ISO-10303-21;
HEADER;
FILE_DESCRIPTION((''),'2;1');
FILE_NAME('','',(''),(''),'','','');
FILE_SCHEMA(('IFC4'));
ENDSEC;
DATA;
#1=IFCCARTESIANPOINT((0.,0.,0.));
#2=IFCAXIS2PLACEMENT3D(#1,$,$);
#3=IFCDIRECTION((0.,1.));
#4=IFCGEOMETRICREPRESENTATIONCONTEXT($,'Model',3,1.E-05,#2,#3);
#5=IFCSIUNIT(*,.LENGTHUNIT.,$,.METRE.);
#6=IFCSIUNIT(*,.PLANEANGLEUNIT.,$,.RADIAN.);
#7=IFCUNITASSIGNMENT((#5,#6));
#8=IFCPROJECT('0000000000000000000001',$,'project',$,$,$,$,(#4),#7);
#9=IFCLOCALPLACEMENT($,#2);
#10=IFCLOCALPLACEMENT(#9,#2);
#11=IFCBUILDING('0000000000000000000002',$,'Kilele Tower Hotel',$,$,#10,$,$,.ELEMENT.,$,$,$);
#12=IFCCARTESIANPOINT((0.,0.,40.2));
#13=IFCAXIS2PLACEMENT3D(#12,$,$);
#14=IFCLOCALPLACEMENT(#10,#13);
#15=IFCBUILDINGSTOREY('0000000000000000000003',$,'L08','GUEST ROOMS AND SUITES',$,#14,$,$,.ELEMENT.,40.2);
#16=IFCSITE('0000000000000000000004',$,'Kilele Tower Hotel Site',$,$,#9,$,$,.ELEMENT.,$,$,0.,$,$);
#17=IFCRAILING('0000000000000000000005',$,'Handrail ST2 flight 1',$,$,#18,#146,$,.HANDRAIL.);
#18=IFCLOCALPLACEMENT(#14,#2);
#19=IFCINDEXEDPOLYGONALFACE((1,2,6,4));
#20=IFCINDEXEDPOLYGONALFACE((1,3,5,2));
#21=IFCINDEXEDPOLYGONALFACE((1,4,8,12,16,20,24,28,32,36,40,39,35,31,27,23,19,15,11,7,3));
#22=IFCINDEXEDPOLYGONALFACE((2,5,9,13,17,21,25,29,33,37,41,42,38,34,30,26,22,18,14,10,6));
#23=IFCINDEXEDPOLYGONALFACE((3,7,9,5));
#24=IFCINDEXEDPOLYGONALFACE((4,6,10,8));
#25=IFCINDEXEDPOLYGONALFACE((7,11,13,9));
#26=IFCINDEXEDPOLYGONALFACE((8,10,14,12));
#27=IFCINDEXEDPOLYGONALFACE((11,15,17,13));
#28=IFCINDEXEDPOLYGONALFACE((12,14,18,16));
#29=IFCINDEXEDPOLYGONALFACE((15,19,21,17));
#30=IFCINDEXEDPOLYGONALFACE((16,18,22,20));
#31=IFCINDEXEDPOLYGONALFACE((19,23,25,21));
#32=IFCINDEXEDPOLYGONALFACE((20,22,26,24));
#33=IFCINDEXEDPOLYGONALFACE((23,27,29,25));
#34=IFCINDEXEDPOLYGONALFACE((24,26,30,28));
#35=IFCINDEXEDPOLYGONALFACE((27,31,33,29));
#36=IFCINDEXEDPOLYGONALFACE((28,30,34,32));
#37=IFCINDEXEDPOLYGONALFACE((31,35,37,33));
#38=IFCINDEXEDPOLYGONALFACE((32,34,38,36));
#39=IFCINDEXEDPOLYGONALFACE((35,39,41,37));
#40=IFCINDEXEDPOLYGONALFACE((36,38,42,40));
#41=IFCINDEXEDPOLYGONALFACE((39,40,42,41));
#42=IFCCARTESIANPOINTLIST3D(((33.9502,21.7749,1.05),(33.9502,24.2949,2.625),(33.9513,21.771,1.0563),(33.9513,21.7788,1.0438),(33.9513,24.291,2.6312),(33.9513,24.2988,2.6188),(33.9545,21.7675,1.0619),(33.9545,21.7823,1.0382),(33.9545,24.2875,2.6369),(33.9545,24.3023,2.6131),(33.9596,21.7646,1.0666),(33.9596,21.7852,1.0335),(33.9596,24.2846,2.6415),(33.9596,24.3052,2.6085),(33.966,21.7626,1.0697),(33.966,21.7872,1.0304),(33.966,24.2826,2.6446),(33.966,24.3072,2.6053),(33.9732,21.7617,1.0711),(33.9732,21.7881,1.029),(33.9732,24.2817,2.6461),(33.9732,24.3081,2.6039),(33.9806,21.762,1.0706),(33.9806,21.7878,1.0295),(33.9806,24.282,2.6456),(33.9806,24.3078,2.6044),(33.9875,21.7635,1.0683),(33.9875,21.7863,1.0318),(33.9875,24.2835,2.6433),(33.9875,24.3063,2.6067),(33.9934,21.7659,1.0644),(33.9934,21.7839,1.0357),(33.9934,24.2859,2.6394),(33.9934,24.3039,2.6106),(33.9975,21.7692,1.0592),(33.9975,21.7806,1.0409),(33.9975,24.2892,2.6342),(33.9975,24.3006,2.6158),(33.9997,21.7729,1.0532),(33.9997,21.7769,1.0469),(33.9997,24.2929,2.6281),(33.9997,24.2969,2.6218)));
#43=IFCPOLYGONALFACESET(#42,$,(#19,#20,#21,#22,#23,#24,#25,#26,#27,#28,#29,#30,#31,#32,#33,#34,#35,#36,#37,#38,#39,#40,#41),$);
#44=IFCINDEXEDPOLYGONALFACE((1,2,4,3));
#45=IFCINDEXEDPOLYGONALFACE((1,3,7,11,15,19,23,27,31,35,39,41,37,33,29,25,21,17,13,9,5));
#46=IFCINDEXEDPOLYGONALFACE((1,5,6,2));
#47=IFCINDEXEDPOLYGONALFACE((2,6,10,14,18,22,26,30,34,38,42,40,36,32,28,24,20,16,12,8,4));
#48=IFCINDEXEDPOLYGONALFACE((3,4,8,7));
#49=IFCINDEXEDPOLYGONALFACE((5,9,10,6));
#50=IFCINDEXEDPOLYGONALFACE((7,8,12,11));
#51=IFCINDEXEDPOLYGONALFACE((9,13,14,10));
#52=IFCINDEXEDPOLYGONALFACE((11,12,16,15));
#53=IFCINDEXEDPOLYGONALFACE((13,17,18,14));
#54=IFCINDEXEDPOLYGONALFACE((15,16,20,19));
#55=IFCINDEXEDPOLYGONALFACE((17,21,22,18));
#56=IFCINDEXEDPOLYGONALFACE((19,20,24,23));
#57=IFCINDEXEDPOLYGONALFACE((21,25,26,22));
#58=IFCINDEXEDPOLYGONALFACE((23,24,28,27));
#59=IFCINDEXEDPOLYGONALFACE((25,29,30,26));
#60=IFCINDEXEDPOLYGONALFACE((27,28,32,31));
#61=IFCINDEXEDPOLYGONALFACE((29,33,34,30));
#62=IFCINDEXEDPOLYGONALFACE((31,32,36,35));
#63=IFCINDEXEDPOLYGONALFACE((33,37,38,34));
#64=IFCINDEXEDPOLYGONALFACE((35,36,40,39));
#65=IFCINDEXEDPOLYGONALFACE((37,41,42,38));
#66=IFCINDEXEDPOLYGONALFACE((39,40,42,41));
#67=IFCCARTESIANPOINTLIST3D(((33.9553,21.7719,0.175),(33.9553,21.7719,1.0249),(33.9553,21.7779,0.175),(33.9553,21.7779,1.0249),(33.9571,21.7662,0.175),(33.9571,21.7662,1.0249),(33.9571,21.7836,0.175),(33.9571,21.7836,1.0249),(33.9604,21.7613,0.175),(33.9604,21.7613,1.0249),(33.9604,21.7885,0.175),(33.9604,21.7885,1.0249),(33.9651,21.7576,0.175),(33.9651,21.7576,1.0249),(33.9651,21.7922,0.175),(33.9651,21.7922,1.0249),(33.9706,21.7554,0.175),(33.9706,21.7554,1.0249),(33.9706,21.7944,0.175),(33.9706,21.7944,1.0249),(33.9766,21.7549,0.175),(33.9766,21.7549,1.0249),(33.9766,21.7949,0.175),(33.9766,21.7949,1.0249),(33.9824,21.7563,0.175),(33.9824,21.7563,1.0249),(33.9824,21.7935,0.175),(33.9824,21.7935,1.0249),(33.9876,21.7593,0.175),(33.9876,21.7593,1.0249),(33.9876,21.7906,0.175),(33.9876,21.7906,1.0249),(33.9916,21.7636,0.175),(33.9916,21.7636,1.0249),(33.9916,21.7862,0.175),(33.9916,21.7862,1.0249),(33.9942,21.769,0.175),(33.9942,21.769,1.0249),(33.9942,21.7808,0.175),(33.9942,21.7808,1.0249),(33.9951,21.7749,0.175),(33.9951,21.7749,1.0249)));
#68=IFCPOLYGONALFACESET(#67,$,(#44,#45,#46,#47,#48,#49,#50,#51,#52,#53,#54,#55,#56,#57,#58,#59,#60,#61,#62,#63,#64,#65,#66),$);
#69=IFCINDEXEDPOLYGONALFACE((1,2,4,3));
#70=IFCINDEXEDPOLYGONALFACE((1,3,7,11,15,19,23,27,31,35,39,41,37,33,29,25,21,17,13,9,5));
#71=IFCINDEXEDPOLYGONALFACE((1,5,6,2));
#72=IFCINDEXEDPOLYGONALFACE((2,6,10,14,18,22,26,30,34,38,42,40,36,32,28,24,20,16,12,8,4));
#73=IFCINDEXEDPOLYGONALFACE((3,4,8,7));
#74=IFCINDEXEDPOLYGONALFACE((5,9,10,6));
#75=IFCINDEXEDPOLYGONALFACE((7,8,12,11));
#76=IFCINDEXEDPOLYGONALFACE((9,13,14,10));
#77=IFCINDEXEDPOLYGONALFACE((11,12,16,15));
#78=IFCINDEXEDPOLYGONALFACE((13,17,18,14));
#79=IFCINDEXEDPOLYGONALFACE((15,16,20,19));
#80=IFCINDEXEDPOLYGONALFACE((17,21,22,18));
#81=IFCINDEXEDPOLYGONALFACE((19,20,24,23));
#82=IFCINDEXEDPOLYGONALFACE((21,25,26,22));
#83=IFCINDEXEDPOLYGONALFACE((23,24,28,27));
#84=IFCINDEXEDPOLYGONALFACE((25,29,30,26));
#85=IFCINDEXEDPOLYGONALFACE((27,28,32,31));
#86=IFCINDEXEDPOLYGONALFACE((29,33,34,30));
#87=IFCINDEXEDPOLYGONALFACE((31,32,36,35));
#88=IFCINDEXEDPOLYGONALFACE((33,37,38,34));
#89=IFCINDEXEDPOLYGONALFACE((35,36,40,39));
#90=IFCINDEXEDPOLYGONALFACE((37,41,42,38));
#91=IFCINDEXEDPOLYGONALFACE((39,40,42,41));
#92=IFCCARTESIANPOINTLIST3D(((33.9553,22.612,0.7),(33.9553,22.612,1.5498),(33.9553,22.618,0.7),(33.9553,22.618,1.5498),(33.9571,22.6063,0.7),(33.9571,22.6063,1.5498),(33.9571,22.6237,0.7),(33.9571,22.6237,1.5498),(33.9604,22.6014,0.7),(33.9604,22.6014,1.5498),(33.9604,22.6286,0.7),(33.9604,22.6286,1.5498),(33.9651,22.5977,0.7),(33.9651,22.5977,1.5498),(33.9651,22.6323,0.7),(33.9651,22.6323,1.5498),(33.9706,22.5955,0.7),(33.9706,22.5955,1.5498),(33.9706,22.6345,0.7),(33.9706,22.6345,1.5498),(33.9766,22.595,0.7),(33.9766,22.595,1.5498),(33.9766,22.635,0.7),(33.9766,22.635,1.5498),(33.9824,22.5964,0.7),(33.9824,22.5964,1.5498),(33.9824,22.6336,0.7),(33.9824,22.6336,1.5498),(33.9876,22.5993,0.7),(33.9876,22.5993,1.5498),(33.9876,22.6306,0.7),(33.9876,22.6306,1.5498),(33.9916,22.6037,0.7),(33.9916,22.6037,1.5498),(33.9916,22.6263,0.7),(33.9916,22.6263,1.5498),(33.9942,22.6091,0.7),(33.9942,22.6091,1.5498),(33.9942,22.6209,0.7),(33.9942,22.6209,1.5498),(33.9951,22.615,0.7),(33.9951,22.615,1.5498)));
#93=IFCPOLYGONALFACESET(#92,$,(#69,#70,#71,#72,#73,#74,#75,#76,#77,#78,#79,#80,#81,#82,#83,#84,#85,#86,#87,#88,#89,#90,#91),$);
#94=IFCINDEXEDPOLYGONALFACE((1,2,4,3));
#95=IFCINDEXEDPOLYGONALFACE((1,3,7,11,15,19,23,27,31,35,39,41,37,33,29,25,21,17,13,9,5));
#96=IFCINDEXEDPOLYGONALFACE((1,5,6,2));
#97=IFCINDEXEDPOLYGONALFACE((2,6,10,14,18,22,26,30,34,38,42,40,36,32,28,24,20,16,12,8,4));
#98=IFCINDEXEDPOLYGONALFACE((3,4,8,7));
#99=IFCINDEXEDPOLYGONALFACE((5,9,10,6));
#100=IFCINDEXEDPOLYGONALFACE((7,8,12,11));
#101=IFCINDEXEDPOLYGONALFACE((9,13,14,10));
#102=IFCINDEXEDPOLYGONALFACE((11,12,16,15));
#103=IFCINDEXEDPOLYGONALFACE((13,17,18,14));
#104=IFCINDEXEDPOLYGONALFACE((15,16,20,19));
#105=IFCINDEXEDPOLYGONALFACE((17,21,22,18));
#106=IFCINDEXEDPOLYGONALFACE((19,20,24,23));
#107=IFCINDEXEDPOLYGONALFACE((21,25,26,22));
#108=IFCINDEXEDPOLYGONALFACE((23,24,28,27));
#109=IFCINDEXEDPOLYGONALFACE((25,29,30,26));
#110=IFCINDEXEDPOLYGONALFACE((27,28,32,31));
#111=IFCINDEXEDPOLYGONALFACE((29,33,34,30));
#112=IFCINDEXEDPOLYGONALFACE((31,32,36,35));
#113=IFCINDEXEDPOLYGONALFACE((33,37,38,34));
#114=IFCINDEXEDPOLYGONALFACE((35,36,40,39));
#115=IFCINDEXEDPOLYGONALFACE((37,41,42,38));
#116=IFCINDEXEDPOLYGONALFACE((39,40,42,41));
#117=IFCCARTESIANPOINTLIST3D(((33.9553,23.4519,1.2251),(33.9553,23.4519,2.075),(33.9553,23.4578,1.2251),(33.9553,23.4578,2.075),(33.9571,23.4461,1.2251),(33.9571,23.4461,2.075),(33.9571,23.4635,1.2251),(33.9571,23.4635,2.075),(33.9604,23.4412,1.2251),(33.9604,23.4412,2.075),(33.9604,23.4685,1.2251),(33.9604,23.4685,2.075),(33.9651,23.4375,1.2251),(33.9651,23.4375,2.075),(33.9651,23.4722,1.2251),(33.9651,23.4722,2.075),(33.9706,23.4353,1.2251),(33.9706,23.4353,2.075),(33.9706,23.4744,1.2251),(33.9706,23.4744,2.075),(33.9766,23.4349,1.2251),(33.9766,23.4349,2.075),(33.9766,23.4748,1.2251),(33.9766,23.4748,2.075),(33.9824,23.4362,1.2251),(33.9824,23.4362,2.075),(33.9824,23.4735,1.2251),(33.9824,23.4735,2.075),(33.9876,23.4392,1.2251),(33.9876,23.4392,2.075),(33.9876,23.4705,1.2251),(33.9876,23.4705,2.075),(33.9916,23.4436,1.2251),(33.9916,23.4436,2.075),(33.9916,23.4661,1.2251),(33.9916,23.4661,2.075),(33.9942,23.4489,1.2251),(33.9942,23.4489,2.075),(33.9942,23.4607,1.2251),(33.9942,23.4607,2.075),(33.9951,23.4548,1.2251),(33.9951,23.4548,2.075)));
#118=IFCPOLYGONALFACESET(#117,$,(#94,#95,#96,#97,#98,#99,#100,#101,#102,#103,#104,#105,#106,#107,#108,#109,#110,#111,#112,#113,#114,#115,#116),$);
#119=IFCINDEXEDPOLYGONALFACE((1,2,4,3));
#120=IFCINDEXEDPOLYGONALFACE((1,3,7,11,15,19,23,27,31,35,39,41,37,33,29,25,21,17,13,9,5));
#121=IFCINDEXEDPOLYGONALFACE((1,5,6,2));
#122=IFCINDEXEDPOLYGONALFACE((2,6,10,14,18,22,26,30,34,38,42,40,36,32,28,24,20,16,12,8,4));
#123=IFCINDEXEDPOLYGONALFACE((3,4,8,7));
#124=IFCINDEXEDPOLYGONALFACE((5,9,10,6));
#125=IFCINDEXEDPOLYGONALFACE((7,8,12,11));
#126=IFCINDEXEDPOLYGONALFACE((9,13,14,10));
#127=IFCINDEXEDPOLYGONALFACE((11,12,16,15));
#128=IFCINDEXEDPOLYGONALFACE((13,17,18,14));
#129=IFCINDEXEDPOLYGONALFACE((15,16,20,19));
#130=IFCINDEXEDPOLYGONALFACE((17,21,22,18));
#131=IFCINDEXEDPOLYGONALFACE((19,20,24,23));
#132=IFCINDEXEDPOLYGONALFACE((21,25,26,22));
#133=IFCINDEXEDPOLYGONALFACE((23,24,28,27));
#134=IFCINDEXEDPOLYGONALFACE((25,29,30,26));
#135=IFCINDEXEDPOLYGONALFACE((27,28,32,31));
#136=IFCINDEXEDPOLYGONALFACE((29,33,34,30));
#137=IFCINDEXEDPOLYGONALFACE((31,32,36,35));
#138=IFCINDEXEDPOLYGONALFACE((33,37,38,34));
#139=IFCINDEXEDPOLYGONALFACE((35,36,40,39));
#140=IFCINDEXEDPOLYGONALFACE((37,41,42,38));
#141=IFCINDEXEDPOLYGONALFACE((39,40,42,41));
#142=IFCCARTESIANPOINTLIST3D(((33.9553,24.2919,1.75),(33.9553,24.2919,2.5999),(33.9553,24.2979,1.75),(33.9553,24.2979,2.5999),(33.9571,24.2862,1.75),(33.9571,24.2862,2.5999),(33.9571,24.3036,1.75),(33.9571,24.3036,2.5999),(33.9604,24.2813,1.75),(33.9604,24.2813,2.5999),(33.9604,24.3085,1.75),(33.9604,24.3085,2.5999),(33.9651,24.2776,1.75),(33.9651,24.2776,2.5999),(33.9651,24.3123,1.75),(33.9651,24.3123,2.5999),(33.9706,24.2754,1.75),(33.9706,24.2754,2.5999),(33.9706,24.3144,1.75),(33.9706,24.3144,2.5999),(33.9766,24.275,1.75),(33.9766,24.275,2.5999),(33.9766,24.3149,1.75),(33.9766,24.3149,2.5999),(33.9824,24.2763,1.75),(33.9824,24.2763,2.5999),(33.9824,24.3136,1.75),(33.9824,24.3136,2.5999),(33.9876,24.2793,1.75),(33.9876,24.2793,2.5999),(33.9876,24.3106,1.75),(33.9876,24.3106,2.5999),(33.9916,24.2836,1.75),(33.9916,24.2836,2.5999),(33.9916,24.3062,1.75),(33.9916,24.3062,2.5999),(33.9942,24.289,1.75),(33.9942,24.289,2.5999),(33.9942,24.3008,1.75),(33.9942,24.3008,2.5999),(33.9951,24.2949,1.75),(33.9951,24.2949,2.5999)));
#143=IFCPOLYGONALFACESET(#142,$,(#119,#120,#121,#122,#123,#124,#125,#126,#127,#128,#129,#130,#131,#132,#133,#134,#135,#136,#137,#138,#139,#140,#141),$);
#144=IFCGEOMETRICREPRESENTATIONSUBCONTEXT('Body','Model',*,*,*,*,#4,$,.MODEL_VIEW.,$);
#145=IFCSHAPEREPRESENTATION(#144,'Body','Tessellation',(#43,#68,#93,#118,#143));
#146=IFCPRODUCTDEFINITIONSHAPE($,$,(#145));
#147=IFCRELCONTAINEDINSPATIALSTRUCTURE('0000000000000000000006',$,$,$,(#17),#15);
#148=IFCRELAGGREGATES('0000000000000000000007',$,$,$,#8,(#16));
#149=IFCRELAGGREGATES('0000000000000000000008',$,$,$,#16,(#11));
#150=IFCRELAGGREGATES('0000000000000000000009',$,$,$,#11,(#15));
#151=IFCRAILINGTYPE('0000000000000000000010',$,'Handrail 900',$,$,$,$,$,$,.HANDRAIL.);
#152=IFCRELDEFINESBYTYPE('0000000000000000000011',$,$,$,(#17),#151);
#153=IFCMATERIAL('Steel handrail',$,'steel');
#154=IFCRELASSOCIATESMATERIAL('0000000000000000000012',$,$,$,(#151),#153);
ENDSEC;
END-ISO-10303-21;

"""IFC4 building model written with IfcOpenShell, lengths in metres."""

from ifc_helpers import new_model, si_unit, direction, frame, origin, origin_2d, place, context, subcontext, project, spatial, circle, extrude, material, type_object, element, save


model = new_model("IFC4")

# Units and contexts
model_context = context("Model", 3, precision=1e-05, world=origin(), true_north=direction((0.0, 1.0)))
body_context = subcontext(model_context, "Body", "Model", "MODEL_VIEW")
ifc_project = project(units=[si_unit("LENGTHUNIT", "METRE"), si_unit("PLANEANGLEUNIT", "RADIAN")], contexts=[model_context])

# Site, building, storey
site_placement = place(None, origin())
site = spatial("IfcSite", under=ifc_project, at=site_placement, Name="Kilele Tower Hotel Site", CompositionType="ELEMENT", RefElevation=0.0)
building_placement = place(site_placement, origin())
building = spatial("IfcBuilding", under=site, at=building_placement, Name="Kilele Tower Hotel", CompositionType="ELEMENT")
storey_placement = place(building_placement, frame((0.0, 0.0, 40.2)))
storey = spatial("IfcBuildingStorey", under=building, at=storey_placement, Name="L08", Description="GUEST ROOMS AND SUITES", CompositionType="ELEMENT", Elevation=40.2)

# Railing
ifc_material_1 = material(Name="Steel handrail", Category="steel")
railing_type_1 = type_object("IfcRailingType", Name="Handrail 900", PredefinedType="HANDRAIL", material=ifc_material_1)
for number, where, name in (
    (1, (33.9751, 21.7749, 0.175), "Handrail ST2 flight 1"),
):
    element("IfcRailing", number, at=place(storey_placement, frame(where)), inside=storey, type_object=railing_type_1, Name=name, PredefinedType="HANDRAIL", context=body_context, shape_type="SweptSolid", body=[
        extrude(circle(Radius=0.0249, at=origin_2d()), frame((0.0, 0.0, 0.875), z_axis=(0.0, 0.848008, 0.529984), x_axis=(-1.0, 0.0, 0.0)), (0.0, 0.0, 1.0), 2.9717),
        extrude(circle(Radius=0.02, at=origin_2d()), origin(), (0.0, 0.0, 1.0), 0.8499),
        extrude(circle(Radius=0.02, at=origin_2d()), frame((0.0, 0.8401, 0.5249)), (0.0, 0.0, 1.0), 0.8499),
        extrude(circle(Radius=0.02, at=origin_2d()), frame((0.0, 1.6799, 1.05)), (0.0, 0.0, 1.0), 0.8499),
        extrude(circle(Radius=0.02, at=origin_2d()), frame((0.0, 2.52, 1.575)), (0.0, 0.0, 1.0), 0.8499),
    ])

save(model, "model.ifc")
